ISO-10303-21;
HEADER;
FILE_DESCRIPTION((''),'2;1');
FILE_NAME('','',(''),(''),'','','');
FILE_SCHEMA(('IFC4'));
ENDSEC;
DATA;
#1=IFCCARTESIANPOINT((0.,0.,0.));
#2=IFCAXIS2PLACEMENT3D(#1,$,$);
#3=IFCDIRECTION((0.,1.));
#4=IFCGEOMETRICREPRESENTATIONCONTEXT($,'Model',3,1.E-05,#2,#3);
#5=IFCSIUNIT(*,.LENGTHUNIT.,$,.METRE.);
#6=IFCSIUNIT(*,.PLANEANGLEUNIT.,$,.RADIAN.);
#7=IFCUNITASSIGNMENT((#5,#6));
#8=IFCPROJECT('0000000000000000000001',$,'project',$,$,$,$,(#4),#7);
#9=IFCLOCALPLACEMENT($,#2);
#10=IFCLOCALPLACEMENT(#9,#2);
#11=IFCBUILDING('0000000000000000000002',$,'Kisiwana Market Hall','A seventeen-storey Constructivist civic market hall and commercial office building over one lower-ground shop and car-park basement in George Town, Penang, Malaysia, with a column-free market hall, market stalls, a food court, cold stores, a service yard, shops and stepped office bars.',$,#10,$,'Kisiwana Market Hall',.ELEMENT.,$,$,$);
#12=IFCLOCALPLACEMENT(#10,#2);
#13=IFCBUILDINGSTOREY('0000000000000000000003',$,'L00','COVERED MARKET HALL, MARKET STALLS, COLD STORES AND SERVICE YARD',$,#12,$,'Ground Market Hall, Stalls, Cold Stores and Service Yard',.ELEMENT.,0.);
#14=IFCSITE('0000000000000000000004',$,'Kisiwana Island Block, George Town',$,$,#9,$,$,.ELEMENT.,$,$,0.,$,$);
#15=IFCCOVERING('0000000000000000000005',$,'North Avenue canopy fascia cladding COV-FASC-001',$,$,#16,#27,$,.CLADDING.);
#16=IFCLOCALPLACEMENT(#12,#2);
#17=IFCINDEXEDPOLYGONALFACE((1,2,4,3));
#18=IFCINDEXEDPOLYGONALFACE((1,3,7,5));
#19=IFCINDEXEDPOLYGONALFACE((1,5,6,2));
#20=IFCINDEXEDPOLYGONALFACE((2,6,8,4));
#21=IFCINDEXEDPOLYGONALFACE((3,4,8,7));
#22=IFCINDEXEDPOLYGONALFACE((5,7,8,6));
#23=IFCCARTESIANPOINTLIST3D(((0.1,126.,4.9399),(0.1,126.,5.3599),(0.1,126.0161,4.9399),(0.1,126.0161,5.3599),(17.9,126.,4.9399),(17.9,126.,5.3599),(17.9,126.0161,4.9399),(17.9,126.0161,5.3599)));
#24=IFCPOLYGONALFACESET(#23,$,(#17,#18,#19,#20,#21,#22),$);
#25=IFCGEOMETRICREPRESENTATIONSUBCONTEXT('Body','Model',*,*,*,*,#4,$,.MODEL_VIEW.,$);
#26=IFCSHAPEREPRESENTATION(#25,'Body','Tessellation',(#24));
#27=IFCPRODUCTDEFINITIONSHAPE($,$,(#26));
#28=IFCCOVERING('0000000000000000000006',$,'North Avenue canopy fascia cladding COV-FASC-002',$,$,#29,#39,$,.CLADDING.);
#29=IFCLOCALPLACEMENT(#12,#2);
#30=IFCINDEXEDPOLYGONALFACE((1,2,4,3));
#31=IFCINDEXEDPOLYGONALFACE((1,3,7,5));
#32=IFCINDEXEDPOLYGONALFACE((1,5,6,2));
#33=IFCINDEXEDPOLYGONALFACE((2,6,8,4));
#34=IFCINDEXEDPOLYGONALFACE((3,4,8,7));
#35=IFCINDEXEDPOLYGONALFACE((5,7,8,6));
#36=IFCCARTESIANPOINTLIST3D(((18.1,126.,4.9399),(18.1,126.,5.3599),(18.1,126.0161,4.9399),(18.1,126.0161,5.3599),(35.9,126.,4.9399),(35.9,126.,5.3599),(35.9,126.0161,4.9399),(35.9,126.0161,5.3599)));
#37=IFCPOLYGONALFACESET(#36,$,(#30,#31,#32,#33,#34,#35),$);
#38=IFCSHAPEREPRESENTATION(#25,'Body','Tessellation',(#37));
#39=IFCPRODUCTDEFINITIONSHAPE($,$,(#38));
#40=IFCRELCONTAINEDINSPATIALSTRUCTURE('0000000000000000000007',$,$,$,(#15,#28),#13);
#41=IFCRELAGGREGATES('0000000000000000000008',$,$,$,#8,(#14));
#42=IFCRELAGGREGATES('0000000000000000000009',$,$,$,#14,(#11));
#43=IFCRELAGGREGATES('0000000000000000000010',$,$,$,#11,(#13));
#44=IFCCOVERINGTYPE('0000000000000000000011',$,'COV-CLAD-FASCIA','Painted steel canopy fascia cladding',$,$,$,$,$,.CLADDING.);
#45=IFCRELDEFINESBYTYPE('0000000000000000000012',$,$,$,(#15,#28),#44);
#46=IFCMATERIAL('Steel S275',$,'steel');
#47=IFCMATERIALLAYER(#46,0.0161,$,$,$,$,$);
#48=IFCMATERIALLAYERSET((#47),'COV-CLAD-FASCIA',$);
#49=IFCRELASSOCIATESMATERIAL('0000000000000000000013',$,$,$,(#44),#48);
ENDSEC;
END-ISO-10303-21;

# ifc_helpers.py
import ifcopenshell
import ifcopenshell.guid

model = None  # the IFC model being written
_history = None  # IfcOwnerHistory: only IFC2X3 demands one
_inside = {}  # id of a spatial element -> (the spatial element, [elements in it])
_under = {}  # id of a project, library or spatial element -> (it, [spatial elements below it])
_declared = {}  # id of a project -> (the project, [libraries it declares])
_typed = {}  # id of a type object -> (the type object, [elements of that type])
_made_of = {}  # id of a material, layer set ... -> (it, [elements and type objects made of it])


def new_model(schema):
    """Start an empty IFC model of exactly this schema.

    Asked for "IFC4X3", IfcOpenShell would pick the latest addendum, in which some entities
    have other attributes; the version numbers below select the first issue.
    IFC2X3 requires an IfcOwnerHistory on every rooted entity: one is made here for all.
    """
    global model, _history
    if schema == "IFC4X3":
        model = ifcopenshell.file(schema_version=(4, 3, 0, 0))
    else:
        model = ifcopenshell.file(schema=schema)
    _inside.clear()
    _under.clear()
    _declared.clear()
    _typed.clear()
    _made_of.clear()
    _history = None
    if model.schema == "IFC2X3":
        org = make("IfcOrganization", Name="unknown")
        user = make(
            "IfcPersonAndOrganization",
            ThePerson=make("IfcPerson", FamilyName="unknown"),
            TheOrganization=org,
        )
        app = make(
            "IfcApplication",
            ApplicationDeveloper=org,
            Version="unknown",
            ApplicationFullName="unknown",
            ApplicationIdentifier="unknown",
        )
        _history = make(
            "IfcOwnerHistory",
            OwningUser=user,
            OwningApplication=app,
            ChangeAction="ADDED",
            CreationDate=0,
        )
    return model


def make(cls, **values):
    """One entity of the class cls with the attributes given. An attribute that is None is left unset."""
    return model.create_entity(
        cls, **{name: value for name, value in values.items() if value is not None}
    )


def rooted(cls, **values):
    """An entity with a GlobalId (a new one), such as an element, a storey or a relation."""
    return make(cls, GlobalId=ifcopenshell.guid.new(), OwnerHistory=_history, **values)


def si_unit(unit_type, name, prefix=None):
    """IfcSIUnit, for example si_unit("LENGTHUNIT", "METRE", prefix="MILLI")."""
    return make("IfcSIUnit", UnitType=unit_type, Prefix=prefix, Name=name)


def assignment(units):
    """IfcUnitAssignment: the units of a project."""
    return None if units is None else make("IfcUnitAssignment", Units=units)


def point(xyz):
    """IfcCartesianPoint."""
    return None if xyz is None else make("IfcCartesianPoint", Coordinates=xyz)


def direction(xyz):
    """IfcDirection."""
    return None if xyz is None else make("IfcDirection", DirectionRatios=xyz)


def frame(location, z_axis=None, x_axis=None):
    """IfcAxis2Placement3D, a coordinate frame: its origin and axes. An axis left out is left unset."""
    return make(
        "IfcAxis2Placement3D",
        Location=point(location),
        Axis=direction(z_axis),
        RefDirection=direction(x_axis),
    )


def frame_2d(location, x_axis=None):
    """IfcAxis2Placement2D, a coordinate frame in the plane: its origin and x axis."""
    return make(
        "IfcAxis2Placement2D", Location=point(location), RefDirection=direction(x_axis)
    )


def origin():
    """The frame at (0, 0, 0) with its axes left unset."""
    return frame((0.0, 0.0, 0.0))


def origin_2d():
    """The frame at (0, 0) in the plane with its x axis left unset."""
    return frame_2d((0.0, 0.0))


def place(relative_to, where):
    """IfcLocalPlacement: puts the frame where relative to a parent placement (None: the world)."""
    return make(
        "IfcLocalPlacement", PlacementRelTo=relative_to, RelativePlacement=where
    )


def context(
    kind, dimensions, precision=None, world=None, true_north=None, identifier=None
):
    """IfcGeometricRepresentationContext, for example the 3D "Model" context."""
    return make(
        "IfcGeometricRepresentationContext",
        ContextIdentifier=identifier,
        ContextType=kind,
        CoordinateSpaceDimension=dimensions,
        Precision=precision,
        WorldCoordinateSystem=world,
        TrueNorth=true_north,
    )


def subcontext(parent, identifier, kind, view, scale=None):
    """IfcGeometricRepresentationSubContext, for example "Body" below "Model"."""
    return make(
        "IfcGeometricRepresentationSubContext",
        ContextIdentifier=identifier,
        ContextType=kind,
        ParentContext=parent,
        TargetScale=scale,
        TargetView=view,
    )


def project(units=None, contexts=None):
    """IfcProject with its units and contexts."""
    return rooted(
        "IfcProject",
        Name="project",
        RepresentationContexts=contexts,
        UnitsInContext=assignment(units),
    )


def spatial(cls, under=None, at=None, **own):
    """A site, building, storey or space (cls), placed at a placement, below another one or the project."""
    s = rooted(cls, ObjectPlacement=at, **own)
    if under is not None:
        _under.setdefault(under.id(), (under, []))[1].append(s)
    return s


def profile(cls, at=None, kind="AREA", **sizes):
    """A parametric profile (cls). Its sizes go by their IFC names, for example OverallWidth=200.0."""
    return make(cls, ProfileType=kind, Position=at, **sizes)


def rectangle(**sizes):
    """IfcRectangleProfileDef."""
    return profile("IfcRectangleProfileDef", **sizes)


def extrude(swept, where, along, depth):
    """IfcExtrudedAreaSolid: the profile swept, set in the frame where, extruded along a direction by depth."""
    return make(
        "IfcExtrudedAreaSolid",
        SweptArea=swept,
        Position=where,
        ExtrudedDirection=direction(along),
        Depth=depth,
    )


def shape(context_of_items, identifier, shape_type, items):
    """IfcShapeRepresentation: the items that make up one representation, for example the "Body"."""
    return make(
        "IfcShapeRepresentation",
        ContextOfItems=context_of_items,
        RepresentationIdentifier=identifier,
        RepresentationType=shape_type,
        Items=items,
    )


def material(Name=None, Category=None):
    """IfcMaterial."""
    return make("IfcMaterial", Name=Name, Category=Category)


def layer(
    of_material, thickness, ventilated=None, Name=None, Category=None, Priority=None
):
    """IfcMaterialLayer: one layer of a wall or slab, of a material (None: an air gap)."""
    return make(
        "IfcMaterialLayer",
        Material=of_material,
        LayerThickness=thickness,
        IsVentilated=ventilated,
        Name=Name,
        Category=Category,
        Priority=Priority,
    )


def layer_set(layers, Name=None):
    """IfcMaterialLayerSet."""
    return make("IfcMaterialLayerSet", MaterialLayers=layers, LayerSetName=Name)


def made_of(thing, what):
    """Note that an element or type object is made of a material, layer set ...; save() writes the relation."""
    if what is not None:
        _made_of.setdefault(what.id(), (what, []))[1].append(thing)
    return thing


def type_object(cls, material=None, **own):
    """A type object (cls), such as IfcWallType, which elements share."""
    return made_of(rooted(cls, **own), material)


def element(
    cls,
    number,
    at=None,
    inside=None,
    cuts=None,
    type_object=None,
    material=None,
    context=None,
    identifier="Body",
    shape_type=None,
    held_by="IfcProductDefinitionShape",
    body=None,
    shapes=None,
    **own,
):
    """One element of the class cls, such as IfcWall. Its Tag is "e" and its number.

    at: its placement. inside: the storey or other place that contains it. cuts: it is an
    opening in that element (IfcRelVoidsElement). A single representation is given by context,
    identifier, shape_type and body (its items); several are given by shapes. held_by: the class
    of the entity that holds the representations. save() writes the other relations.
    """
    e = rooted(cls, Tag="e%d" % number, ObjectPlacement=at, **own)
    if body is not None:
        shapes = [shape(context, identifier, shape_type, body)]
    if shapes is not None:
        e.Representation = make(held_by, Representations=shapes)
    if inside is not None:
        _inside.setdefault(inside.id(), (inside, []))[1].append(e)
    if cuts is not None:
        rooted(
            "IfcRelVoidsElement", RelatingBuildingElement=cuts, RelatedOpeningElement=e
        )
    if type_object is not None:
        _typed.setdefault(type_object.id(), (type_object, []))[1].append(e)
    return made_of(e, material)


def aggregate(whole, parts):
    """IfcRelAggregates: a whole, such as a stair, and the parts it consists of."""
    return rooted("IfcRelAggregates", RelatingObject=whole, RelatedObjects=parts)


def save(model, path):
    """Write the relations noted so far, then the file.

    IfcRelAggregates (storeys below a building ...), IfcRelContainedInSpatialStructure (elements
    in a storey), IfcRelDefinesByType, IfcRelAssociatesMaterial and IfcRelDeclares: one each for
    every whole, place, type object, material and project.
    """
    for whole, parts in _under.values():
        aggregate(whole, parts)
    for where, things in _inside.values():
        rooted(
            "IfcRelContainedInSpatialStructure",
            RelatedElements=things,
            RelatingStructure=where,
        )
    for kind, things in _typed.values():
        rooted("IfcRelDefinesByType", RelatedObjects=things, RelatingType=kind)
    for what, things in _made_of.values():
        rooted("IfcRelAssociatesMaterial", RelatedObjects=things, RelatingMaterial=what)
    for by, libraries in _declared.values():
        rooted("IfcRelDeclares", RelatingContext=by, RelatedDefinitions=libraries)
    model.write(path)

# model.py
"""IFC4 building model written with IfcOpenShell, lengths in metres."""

from ifc_helpers import new_model, si_unit, direction, frame, origin, origin_2d, place, context, subcontext, project, spatial, rectangle, extrude, material, layer, layer_set, type_object, element, save


model = new_model("IFC4")

# Units and contexts
model_context = context("Model", 3, precision=1e-05, world=origin(), true_north=direction((0.0, 1.0)))
body_context = subcontext(model_context, "Body", "Model", "MODEL_VIEW")
ifc_project = project(units=[si_unit("LENGTHUNIT", "METRE"), si_unit("PLANEANGLEUNIT", "RADIAN")], contexts=[model_context])

# Site, building, storey
site_placement = place(None, origin())
site = spatial("IfcSite", under=ifc_project, at=site_placement, Name="Kisiwana Island Block, George Town", CompositionType="ELEMENT", RefElevation=0.0)
building_placement = place(site_placement, origin())
building = spatial("IfcBuilding", under=site, at=building_placement, Name="Kisiwana Market Hall", Description="A seventeen-storey Constructivist civic market hall and commercial office building over one lower-ground shop and car-park basement in George Town, Penang, Malaysia, with a column-free market hall, market stalls, a food court, cold stores, a service yard, shops and stepped office bars.", LongName="Kisiwana Market Hall", CompositionType="ELEMENT")
storey_placement = place(building_placement, origin())
storey = spatial("IfcBuildingStorey", under=building, at=storey_placement, Name="L00", Description="COVERED MARKET HALL, MARKET STALLS, COLD STORES AND SERVICE YARD", LongName="Ground Market Hall, Stalls, Cold Stores and Service Yard", CompositionType="ELEMENT", Elevation=0.0)

# Coverings
ifc_material_1 = material(Name="Steel S275", Category="steel")
ifc_layer_1 = layer(ifc_material_1, 0.0161)
ifc_layer_set_1 = layer_set([ifc_layer_1], Name="COV-CLAD-FASCIA")
covering_type_1 = type_object("IfcCoveringType", Name="COV-CLAD-FASCIA", Description="Painted steel canopy fascia cladding", PredefinedType="CLADDING", material=ifc_layer_set_1)
for number, where, z_axis, x_axis, name in (
    (1, (9.0, 126.0081, 4.9399), (0.0, 0.0, 1.0), (1.0, 0.0, 0.0), "North Avenue canopy fascia cladding COV-FASC-001"),
    (2, (27.0, 126.0081, 4.9399), (0.0, 0.0, 1.0), (1.0, 0.0, 0.0), "North Avenue canopy fascia cladding COV-FASC-002"),
):
    element("IfcCovering", number, at=place(storey_placement, frame(where, z_axis=z_axis, x_axis=x_axis)), inside=storey, type_object=covering_type_1, Name=name, PredefinedType="CLADDING", context=body_context, shape_type="SweptSolid", body=[
        extrude(rectangle(XDim=17.8, YDim=0.0161, at=origin_2d()), origin(), (0.0, 0.0, 1.0), 0.4199),
    ])

save(model, "model.ifc")
